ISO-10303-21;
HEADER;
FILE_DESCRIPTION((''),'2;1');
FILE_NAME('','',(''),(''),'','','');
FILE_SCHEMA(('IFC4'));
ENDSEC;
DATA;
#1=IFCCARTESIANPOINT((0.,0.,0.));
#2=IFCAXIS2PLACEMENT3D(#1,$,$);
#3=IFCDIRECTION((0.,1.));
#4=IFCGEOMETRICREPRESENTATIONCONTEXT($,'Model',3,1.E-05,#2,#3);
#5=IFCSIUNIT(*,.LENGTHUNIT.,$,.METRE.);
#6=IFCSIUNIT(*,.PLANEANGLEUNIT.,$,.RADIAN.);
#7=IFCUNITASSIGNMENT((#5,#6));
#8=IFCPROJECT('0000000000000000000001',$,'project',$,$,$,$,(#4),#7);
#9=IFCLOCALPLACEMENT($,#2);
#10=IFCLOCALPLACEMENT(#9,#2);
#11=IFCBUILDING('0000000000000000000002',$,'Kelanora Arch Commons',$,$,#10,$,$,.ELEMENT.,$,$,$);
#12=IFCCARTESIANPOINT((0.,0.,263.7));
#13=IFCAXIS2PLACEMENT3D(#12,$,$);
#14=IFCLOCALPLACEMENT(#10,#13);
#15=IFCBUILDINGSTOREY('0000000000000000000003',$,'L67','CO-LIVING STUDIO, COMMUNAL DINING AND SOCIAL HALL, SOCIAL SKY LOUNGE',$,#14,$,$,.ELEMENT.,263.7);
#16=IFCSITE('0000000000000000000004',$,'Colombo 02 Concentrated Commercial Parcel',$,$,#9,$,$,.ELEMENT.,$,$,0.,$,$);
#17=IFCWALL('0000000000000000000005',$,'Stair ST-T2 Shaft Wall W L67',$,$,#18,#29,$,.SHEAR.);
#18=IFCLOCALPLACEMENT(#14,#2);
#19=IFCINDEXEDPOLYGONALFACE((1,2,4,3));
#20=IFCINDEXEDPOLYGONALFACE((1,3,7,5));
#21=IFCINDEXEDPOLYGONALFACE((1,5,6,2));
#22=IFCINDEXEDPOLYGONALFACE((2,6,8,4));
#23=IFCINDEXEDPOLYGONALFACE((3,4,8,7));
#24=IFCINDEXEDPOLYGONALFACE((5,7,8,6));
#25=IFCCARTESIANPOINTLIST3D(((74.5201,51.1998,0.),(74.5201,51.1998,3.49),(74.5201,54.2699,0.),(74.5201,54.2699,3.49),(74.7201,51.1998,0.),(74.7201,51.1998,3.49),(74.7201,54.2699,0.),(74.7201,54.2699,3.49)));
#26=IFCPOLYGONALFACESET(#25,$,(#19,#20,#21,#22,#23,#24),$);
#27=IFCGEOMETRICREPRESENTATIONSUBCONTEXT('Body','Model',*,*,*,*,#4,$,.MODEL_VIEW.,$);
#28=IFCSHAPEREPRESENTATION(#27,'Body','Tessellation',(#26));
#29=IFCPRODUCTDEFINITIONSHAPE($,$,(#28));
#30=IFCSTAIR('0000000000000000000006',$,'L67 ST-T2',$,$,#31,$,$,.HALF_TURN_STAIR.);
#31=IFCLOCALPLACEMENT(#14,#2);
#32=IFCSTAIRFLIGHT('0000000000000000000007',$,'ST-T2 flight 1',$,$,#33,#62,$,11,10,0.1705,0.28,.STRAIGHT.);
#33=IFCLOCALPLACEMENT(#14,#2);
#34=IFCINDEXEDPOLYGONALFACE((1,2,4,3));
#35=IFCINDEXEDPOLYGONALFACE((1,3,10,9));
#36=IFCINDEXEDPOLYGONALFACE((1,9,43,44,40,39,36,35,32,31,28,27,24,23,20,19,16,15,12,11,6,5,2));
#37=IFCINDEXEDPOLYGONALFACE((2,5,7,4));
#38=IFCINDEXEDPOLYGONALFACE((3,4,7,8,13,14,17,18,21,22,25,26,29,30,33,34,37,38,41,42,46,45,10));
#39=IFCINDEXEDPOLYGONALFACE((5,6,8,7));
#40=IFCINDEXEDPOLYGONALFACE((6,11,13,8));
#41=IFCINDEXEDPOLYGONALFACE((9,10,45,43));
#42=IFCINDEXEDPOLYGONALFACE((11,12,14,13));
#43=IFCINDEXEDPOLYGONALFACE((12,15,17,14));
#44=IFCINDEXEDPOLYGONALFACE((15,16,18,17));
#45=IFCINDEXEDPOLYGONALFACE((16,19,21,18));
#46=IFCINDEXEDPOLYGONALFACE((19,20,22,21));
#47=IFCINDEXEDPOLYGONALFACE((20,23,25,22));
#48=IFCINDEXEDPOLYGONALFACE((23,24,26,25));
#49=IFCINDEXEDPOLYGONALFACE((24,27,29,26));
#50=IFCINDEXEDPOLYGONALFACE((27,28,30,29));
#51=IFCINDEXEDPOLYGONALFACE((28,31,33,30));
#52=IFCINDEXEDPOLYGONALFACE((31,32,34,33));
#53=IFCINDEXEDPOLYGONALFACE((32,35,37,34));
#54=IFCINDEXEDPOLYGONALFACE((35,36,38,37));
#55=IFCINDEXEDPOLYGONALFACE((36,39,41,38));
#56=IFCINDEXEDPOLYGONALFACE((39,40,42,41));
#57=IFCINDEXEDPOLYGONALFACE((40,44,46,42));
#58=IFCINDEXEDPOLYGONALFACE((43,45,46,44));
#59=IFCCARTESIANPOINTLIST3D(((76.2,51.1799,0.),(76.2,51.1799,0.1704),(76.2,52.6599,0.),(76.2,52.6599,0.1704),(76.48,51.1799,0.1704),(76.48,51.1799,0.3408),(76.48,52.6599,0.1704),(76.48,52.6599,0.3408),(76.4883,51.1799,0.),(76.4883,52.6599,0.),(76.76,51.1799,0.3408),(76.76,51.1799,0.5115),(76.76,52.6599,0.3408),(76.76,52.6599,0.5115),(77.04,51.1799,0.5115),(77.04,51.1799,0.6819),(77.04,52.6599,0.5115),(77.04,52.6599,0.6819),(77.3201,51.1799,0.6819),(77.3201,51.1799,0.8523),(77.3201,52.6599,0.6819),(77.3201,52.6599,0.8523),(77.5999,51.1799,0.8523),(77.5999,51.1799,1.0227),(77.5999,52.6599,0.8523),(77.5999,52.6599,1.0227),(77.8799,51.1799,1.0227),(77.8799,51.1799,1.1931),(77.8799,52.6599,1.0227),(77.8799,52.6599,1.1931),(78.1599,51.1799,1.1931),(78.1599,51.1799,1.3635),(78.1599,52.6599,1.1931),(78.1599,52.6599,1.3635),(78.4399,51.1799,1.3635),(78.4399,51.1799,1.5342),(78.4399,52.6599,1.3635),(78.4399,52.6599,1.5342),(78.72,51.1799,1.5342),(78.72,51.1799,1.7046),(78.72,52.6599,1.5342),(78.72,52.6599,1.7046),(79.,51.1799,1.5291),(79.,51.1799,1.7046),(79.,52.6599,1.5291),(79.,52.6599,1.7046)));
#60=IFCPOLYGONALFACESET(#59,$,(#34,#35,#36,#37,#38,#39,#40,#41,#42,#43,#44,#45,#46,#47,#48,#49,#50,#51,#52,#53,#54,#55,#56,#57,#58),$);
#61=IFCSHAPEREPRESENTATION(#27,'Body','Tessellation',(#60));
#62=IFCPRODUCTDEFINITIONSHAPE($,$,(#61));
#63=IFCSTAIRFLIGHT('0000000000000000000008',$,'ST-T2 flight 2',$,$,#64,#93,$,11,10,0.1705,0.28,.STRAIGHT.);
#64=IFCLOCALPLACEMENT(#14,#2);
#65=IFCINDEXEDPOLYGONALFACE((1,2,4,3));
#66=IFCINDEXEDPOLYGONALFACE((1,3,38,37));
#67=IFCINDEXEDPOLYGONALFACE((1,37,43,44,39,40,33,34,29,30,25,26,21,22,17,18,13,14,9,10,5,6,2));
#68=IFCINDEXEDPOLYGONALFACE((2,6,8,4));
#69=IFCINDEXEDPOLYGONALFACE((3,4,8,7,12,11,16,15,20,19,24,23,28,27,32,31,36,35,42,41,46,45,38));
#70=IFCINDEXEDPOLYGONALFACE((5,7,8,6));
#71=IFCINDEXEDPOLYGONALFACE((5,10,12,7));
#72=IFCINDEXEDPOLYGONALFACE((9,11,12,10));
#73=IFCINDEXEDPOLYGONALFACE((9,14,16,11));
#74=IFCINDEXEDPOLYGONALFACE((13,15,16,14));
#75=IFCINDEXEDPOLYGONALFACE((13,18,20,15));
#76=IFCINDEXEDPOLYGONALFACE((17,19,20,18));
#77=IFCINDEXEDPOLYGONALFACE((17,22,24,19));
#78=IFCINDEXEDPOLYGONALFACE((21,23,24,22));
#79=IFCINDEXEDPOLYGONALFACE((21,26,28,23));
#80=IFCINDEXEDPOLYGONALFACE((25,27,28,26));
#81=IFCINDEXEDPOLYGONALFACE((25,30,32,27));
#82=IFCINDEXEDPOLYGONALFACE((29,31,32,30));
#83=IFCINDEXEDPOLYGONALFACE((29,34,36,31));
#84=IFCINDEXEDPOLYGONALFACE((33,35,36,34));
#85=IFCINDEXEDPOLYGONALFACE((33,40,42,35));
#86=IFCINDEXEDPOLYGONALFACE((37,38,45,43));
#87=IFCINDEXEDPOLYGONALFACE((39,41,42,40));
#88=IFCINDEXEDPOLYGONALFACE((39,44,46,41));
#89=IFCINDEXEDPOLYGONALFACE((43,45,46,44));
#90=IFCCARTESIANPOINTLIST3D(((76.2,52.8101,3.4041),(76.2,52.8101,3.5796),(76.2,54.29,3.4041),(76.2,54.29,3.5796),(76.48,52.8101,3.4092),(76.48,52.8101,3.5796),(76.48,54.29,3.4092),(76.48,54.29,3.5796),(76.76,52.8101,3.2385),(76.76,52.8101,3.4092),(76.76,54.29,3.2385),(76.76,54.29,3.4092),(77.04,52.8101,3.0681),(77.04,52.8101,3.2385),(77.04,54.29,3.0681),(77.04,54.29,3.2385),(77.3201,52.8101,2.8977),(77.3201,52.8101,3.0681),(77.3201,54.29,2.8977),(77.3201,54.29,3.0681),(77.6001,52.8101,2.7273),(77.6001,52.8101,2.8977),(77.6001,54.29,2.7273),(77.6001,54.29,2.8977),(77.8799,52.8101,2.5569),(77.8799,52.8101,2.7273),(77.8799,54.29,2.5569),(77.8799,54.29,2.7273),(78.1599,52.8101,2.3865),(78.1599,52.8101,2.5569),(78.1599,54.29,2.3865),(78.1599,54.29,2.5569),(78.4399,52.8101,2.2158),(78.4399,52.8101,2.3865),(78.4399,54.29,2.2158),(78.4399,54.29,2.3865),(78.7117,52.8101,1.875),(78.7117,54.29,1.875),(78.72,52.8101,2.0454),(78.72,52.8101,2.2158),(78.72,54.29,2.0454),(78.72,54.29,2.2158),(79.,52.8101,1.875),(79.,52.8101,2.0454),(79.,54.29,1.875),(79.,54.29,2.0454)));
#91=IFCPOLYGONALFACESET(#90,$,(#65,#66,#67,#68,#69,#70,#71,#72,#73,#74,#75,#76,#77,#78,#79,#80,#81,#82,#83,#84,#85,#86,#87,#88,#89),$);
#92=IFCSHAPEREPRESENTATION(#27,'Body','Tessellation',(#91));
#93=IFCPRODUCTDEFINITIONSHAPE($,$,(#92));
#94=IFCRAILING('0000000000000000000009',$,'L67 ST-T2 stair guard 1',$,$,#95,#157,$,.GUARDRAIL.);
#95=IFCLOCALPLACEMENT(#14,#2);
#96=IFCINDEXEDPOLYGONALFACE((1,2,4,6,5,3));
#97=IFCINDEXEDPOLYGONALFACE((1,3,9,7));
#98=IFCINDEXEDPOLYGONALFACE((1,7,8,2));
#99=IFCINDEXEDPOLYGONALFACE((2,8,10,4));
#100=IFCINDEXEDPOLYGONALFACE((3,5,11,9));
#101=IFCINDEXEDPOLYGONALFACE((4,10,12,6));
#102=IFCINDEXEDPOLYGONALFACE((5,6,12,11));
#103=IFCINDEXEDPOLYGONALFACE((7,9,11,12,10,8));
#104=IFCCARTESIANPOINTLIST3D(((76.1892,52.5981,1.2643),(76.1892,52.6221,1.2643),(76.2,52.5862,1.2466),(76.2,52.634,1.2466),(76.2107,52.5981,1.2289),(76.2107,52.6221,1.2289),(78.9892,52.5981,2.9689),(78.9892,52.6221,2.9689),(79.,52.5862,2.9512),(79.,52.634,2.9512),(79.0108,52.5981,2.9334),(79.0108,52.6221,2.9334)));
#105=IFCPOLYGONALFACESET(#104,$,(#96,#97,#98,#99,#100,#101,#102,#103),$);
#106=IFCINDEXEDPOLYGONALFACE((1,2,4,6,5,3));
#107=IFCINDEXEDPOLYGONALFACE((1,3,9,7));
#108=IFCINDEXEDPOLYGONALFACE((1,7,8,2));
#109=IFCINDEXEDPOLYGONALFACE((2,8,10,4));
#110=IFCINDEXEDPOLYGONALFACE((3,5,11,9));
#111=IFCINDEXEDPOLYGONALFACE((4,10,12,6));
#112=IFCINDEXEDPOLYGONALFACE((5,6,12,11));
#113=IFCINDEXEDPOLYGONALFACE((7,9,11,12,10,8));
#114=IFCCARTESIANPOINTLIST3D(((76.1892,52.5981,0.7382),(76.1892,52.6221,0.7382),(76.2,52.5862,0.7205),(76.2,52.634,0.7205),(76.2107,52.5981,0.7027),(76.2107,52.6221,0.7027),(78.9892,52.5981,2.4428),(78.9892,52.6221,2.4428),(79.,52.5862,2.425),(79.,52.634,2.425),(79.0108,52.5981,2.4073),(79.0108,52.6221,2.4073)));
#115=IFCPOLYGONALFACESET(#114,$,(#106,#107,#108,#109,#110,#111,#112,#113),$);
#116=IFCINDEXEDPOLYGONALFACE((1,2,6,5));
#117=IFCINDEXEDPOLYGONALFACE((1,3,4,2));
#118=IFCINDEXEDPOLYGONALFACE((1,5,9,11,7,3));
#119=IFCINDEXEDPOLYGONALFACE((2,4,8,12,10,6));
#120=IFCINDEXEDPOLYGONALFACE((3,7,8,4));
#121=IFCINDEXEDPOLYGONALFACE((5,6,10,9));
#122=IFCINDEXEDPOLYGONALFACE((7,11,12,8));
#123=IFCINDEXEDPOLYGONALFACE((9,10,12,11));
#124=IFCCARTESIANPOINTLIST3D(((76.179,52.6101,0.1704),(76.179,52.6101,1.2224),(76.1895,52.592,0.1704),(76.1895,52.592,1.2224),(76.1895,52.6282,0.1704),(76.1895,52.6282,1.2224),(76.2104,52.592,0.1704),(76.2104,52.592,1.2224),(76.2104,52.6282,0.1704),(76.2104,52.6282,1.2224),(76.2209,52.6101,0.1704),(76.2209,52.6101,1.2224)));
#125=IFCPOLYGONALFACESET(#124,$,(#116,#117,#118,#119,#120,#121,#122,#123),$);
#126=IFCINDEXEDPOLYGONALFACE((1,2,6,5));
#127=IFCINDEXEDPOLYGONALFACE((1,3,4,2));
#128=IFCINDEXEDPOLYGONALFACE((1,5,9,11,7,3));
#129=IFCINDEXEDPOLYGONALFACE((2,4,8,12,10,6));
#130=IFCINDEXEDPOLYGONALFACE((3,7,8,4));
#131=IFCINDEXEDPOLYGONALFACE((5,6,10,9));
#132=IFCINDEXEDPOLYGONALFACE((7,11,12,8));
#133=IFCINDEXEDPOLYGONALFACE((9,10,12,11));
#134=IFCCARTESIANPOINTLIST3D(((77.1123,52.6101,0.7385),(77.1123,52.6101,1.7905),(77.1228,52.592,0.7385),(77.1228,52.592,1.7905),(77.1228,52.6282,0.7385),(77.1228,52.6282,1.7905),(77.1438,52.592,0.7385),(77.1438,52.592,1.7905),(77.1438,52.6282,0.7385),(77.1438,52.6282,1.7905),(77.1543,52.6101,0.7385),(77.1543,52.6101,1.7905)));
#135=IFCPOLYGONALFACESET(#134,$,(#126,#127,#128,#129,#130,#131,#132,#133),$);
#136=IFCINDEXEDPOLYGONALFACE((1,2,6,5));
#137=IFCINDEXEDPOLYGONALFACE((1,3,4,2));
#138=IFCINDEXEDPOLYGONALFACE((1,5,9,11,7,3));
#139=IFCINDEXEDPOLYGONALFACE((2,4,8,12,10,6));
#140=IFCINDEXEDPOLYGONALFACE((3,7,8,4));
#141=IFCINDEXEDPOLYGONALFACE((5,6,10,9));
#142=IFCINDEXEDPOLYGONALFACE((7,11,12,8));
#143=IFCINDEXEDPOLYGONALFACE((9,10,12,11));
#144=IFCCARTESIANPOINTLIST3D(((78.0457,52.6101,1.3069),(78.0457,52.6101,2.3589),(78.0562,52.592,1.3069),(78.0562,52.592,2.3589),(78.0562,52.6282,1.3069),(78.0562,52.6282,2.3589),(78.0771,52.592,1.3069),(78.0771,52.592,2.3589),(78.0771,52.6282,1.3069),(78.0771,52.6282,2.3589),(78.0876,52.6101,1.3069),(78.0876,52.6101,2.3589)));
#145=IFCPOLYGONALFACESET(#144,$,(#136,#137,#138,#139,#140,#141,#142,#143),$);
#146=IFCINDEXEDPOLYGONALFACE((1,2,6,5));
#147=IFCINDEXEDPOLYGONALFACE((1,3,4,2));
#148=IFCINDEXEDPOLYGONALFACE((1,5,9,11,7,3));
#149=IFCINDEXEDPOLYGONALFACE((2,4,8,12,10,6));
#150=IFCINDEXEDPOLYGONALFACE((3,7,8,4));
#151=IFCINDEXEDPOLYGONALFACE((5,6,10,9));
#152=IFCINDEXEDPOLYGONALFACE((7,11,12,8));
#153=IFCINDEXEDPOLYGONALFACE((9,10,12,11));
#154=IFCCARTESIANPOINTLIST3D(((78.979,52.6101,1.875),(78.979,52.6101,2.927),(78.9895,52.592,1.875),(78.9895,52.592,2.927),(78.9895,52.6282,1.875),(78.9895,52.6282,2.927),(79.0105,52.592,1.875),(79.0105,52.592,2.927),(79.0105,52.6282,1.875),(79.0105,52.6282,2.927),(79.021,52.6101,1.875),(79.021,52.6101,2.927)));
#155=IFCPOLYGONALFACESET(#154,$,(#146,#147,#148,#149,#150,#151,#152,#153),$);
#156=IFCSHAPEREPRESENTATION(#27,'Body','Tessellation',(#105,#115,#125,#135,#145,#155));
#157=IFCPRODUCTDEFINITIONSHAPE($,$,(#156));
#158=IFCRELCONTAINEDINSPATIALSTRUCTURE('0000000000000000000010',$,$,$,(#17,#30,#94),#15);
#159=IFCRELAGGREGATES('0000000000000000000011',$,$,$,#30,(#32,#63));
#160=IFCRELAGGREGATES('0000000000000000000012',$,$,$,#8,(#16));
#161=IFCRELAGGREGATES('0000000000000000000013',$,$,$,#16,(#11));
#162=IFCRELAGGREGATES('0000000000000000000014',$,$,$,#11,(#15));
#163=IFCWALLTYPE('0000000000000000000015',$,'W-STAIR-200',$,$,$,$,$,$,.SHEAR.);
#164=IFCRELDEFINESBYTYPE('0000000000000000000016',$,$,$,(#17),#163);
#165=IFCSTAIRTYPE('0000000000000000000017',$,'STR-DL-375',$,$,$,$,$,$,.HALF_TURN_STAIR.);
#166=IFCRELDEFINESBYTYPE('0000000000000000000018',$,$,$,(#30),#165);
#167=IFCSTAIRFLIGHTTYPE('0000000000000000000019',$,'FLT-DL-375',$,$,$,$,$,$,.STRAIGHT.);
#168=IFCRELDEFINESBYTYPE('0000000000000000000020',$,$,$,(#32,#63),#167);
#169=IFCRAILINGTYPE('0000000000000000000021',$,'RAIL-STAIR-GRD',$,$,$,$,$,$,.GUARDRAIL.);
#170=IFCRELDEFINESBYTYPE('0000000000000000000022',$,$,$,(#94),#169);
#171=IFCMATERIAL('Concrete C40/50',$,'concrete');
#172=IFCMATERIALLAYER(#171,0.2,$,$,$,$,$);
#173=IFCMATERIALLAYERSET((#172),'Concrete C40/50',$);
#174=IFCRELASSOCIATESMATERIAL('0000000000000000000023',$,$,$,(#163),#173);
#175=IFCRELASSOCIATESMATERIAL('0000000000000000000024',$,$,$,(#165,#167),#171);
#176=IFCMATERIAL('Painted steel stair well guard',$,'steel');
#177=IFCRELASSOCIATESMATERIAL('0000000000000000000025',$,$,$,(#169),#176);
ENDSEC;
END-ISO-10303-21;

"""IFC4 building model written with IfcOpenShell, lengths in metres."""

from ifc_helpers import new_model, si_unit, direction, frame, frame_2d, origin, place, context, subcontext, project, spatial, polyline, rectangle, outline, extrude, material, layer, layer_set, type_object, element, aggregate, save


model = new_model("IFC4")

# Units and contexts
model_context = context("Model", 3, precision=1e-05, world=origin(), true_north=direction((0.0, 1.0)))
body_context = subcontext(model_context, "Body", "Model", "MODEL_VIEW")
ifc_project = project(units=[si_unit("LENGTHUNIT", "METRE"), si_unit("PLANEANGLEUNIT", "RADIAN")], contexts=[model_context])

# Site, building, storey
site_placement = place(None, origin())
site = spatial("IfcSite", under=ifc_project, at=site_placement, Name="Colombo 02 Concentrated Commercial Parcel", CompositionType="ELEMENT", RefElevation=0.0)
building_placement = place(site_placement, origin())
building = spatial("IfcBuilding", under=site, at=building_placement, Name="Kelanora Arch Commons", CompositionType="ELEMENT")
storey_placement = place(building_placement, frame((0.0, 0.0, 263.7)))
storey = spatial("IfcBuildingStorey", under=building, at=storey_placement, Name="L67", Description="CO-LIVING STUDIO, COMMUNAL DINING AND SOCIAL HALL, SOCIAL SKY LOUNGE", CompositionType="ELEMENT", Elevation=263.7)

# Shared definitions
ifc_material_1 = material(Name="Concrete C40/50", Category="concrete")
ifc_layer_1 = layer(ifc_material_1, 0.2)
ifc_layer_set_1 = layer_set([ifc_layer_1], Name="Concrete C40/50")
wall_type_1 = type_object("IfcWallType", Name="W-STAIR-200", PredefinedType="SHEAR", material=ifc_layer_set_1)

# Wall
wall_1_placement = place(storey_placement, frame((74.6201, 54.27, 0.0), z_axis=(0.0, 0.0, 1.0), x_axis=(0.0, -1.0, 0.0)))
element("IfcWall", 1, at=wall_1_placement, inside=storey, type_object=wall_type_1, Name="Stair ST-T2 Shaft Wall W L67", PredefinedType="SHEAR", context=body_context, shape_type="SweptSolid", body=[
    extrude(rectangle(XDim=3.0701, YDim=0.2, at=frame_2d((1.5352, 0.0))), origin(), (0.0, 0.0, 1.0), 3.49),
])

# Stair, stair flights
stair_type = type_object("IfcStairType", Name="STR-DL-375", PredefinedType="HALF_TURN_STAIR", material=ifc_material_1)
stair_placement = place(storey_placement, origin())
stair = element("IfcStair", 2, at=stair_placement, inside=storey, type_object=stair_type, Name="L67 ST-T2", PredefinedType="HALF_TURN_STAIR")
stair_flight_type = type_object("IfcStairFlightType", Name="FLT-DL-375", PredefinedType="STRAIGHT", material=ifc_material_1)
stair_flight_1_placement = place(storey_placement, frame((76.2, 51.9199, 0.0), z_axis=(0.0, 0.0, 1.0), x_axis=(1.0, 0.0, 0.0)))
stair_flight_1 = element("IfcStairFlight", 3, at=stair_flight_1_placement, type_object=stair_flight_type, Name="ST-T2 flight 1", NumberOfRisers=11, NumberOfTreads=10, PredefinedType="STRAIGHT", RiserHeight=0.1705, TreadLength=0.28, context=body_context, shape_type="SweptSolid", body=[
    extrude(outline(polyline([(0.0, 0.0), (0.0, 0.1704), (0.28, 0.1704), (0.28, 0.3408), (0.5601, 0.3408), (0.5601, 0.5115), (0.8401, 0.5115), (0.8401, 0.6819), (1.1201, 0.6819), (1.1201, 0.8523), (1.3999, 0.8523), (1.3999, 1.0227), (1.6799, 1.0227), (1.6799, 1.1931), (1.96, 1.1931), (1.96, 1.3635), (2.24, 1.3635), (2.24, 1.5342), (2.52, 1.5342), (2.52, 1.7046), (2.8, 1.7046), (2.8, 1.875), (2.8, 1.5291), (0.2883, 0.0), (0.0, 0.0)])), frame((0.0, 0.74, 0.0), z_axis=(0.0, -1.0, 0.0), x_axis=(1.0, 0.0, 0.0)), (0.0, 0.0, 1.0), 1.48),
])
stair_flight_2_placement = place(storey_placement, frame((79.0, 53.55, 1.875), z_axis=(0.0, 0.0, 1.0), x_axis=(-1.0, 0.0, 0.0)))
stair_flight_2 = element("IfcStairFlight", 4, at=stair_flight_2_placement, type_object=stair_flight_type, Name="ST-T2 flight 2", NumberOfRisers=11, NumberOfTreads=10, PredefinedType="STRAIGHT", RiserHeight=0.1705, TreadLength=0.28, context=body_context, shape_type="SweptSolid", body=[
    extrude(outline(polyline([(0.0, 0.0), (0.0, 0.1704), (0.28, 0.1704), (0.28, 0.3408), (0.5601, 0.3408), (0.5601, 0.5115), (0.8401, 0.5115), (0.8401, 0.6819), (1.1201, 0.6819), (1.1201, 0.8523), (1.3999, 0.8523), (1.3999, 1.0227), (1.6799, 1.0227), (1.6799, 1.1931), (1.96, 1.1931), (1.96, 1.3635), (2.24, 1.3635), (2.24, 1.5342), (2.52, 1.5342), (2.52, 1.7046), (2.8, 1.7046), (2.8, 1.875), (2.8, 1.5291), (0.2883, 0.0), (0.0, 0.0)])), frame((0.0, 0.74, 0.0), z_axis=(0.0, -1.0, 0.0), x_axis=(1.0, 0.0, 0.0)), (0.0, 0.0, 1.0), 1.48),
])
aggregate(stair, [stair_flight_1, stair_flight_2])

# Railing
ifc_material_2 = material(Name="Painted steel stair well guard", Category="steel")
railing_type_1 = type_object("IfcRailingType", Name="RAIL-STAIR-GRD", PredefinedType="GUARDRAIL", material=ifc_material_2)
railing_1_placement = place(storey_placement, frame((76.2, 52.6101, 0.1704)))
element("IfcRailing", 5, at=railing_1_placement, inside=storey, type_object=railing_type_1, Name="L67 ST-T2 stair guard 1", PredefinedType="GUARDRAIL", context=body_context, shape_type="SweptSolid", body=[
    extrude(outline(polyline([(0.0239, 0.0), (0.012, 0.0208), (-0.012, 0.0208), (-0.0239, 0.0), (-0.012, -0.0208), (0.012, -0.0208), (0.0239, 0.0)])), frame((0.0, 0.0, 1.0762), z_axis=(0.85417, 0.0, 0.519994), x_axis=(0.0, 1.0, 0.0)), (0.0, 0.0, 1.0), 3.2781),
    extrude(outline(polyline([(0.0239, 0.0), (0.012, 0.0208), (-0.012, 0.0208), (-0.0239, 0.0), (-0.012, -0.0208), (0.012, -0.0208), (0.0239, 0.0)])), frame((0.0, 0.0, 0.55), z_axis=(0.85417, 0.0, 0.519994), x_axis=(0.0, 1.0, 0.0)), (0.0, 0.0, 1.0), 3.2781),
    extrude(outline(polyline([(0.021, 0.0), (0.0105, 0.0181), (-0.0105, 0.0181), (-0.021, 0.0), (-0.0105, -0.0181), (0.0105, -0.0181), (0.021, 0.0)])), origin(), (0.0, 0.0, 1.0), 1.052),
    extrude(outline(polyline([(0.021, 0.0), (0.0105, 0.0181), (-0.0105, 0.0181), (-0.021, 0.0), (-0.0105, -0.0181), (0.0105, -0.0181), (0.021, 0.0)])), frame((0.9333, 0.0, 0.5681)), (0.0, 0.0, 1.0), 1.052),
    extrude(outline(polyline([(0.021, 0.0), (0.0105, 0.0181), (-0.0105, 0.0181), (-0.021, 0.0), (-0.0105, -0.0181), (0.0105, -0.0181), (0.021, 0.0)])), frame((1.8667, 0.0, 1.1365)), (0.0, 0.0, 1.0), 1.052),
    extrude(outline(polyline([(0.021, 0.0), (0.0105, 0.0181), (-0.0105, 0.0181), (-0.021, 0.0), (-0.0105, -0.0181), (0.0105, -0.0181), (0.021, 0.0)])), frame((2.8, 0.0, 1.7046)), (0.0, 0.0, 1.0), 1.052),
])

save(model, "model.ifc")
